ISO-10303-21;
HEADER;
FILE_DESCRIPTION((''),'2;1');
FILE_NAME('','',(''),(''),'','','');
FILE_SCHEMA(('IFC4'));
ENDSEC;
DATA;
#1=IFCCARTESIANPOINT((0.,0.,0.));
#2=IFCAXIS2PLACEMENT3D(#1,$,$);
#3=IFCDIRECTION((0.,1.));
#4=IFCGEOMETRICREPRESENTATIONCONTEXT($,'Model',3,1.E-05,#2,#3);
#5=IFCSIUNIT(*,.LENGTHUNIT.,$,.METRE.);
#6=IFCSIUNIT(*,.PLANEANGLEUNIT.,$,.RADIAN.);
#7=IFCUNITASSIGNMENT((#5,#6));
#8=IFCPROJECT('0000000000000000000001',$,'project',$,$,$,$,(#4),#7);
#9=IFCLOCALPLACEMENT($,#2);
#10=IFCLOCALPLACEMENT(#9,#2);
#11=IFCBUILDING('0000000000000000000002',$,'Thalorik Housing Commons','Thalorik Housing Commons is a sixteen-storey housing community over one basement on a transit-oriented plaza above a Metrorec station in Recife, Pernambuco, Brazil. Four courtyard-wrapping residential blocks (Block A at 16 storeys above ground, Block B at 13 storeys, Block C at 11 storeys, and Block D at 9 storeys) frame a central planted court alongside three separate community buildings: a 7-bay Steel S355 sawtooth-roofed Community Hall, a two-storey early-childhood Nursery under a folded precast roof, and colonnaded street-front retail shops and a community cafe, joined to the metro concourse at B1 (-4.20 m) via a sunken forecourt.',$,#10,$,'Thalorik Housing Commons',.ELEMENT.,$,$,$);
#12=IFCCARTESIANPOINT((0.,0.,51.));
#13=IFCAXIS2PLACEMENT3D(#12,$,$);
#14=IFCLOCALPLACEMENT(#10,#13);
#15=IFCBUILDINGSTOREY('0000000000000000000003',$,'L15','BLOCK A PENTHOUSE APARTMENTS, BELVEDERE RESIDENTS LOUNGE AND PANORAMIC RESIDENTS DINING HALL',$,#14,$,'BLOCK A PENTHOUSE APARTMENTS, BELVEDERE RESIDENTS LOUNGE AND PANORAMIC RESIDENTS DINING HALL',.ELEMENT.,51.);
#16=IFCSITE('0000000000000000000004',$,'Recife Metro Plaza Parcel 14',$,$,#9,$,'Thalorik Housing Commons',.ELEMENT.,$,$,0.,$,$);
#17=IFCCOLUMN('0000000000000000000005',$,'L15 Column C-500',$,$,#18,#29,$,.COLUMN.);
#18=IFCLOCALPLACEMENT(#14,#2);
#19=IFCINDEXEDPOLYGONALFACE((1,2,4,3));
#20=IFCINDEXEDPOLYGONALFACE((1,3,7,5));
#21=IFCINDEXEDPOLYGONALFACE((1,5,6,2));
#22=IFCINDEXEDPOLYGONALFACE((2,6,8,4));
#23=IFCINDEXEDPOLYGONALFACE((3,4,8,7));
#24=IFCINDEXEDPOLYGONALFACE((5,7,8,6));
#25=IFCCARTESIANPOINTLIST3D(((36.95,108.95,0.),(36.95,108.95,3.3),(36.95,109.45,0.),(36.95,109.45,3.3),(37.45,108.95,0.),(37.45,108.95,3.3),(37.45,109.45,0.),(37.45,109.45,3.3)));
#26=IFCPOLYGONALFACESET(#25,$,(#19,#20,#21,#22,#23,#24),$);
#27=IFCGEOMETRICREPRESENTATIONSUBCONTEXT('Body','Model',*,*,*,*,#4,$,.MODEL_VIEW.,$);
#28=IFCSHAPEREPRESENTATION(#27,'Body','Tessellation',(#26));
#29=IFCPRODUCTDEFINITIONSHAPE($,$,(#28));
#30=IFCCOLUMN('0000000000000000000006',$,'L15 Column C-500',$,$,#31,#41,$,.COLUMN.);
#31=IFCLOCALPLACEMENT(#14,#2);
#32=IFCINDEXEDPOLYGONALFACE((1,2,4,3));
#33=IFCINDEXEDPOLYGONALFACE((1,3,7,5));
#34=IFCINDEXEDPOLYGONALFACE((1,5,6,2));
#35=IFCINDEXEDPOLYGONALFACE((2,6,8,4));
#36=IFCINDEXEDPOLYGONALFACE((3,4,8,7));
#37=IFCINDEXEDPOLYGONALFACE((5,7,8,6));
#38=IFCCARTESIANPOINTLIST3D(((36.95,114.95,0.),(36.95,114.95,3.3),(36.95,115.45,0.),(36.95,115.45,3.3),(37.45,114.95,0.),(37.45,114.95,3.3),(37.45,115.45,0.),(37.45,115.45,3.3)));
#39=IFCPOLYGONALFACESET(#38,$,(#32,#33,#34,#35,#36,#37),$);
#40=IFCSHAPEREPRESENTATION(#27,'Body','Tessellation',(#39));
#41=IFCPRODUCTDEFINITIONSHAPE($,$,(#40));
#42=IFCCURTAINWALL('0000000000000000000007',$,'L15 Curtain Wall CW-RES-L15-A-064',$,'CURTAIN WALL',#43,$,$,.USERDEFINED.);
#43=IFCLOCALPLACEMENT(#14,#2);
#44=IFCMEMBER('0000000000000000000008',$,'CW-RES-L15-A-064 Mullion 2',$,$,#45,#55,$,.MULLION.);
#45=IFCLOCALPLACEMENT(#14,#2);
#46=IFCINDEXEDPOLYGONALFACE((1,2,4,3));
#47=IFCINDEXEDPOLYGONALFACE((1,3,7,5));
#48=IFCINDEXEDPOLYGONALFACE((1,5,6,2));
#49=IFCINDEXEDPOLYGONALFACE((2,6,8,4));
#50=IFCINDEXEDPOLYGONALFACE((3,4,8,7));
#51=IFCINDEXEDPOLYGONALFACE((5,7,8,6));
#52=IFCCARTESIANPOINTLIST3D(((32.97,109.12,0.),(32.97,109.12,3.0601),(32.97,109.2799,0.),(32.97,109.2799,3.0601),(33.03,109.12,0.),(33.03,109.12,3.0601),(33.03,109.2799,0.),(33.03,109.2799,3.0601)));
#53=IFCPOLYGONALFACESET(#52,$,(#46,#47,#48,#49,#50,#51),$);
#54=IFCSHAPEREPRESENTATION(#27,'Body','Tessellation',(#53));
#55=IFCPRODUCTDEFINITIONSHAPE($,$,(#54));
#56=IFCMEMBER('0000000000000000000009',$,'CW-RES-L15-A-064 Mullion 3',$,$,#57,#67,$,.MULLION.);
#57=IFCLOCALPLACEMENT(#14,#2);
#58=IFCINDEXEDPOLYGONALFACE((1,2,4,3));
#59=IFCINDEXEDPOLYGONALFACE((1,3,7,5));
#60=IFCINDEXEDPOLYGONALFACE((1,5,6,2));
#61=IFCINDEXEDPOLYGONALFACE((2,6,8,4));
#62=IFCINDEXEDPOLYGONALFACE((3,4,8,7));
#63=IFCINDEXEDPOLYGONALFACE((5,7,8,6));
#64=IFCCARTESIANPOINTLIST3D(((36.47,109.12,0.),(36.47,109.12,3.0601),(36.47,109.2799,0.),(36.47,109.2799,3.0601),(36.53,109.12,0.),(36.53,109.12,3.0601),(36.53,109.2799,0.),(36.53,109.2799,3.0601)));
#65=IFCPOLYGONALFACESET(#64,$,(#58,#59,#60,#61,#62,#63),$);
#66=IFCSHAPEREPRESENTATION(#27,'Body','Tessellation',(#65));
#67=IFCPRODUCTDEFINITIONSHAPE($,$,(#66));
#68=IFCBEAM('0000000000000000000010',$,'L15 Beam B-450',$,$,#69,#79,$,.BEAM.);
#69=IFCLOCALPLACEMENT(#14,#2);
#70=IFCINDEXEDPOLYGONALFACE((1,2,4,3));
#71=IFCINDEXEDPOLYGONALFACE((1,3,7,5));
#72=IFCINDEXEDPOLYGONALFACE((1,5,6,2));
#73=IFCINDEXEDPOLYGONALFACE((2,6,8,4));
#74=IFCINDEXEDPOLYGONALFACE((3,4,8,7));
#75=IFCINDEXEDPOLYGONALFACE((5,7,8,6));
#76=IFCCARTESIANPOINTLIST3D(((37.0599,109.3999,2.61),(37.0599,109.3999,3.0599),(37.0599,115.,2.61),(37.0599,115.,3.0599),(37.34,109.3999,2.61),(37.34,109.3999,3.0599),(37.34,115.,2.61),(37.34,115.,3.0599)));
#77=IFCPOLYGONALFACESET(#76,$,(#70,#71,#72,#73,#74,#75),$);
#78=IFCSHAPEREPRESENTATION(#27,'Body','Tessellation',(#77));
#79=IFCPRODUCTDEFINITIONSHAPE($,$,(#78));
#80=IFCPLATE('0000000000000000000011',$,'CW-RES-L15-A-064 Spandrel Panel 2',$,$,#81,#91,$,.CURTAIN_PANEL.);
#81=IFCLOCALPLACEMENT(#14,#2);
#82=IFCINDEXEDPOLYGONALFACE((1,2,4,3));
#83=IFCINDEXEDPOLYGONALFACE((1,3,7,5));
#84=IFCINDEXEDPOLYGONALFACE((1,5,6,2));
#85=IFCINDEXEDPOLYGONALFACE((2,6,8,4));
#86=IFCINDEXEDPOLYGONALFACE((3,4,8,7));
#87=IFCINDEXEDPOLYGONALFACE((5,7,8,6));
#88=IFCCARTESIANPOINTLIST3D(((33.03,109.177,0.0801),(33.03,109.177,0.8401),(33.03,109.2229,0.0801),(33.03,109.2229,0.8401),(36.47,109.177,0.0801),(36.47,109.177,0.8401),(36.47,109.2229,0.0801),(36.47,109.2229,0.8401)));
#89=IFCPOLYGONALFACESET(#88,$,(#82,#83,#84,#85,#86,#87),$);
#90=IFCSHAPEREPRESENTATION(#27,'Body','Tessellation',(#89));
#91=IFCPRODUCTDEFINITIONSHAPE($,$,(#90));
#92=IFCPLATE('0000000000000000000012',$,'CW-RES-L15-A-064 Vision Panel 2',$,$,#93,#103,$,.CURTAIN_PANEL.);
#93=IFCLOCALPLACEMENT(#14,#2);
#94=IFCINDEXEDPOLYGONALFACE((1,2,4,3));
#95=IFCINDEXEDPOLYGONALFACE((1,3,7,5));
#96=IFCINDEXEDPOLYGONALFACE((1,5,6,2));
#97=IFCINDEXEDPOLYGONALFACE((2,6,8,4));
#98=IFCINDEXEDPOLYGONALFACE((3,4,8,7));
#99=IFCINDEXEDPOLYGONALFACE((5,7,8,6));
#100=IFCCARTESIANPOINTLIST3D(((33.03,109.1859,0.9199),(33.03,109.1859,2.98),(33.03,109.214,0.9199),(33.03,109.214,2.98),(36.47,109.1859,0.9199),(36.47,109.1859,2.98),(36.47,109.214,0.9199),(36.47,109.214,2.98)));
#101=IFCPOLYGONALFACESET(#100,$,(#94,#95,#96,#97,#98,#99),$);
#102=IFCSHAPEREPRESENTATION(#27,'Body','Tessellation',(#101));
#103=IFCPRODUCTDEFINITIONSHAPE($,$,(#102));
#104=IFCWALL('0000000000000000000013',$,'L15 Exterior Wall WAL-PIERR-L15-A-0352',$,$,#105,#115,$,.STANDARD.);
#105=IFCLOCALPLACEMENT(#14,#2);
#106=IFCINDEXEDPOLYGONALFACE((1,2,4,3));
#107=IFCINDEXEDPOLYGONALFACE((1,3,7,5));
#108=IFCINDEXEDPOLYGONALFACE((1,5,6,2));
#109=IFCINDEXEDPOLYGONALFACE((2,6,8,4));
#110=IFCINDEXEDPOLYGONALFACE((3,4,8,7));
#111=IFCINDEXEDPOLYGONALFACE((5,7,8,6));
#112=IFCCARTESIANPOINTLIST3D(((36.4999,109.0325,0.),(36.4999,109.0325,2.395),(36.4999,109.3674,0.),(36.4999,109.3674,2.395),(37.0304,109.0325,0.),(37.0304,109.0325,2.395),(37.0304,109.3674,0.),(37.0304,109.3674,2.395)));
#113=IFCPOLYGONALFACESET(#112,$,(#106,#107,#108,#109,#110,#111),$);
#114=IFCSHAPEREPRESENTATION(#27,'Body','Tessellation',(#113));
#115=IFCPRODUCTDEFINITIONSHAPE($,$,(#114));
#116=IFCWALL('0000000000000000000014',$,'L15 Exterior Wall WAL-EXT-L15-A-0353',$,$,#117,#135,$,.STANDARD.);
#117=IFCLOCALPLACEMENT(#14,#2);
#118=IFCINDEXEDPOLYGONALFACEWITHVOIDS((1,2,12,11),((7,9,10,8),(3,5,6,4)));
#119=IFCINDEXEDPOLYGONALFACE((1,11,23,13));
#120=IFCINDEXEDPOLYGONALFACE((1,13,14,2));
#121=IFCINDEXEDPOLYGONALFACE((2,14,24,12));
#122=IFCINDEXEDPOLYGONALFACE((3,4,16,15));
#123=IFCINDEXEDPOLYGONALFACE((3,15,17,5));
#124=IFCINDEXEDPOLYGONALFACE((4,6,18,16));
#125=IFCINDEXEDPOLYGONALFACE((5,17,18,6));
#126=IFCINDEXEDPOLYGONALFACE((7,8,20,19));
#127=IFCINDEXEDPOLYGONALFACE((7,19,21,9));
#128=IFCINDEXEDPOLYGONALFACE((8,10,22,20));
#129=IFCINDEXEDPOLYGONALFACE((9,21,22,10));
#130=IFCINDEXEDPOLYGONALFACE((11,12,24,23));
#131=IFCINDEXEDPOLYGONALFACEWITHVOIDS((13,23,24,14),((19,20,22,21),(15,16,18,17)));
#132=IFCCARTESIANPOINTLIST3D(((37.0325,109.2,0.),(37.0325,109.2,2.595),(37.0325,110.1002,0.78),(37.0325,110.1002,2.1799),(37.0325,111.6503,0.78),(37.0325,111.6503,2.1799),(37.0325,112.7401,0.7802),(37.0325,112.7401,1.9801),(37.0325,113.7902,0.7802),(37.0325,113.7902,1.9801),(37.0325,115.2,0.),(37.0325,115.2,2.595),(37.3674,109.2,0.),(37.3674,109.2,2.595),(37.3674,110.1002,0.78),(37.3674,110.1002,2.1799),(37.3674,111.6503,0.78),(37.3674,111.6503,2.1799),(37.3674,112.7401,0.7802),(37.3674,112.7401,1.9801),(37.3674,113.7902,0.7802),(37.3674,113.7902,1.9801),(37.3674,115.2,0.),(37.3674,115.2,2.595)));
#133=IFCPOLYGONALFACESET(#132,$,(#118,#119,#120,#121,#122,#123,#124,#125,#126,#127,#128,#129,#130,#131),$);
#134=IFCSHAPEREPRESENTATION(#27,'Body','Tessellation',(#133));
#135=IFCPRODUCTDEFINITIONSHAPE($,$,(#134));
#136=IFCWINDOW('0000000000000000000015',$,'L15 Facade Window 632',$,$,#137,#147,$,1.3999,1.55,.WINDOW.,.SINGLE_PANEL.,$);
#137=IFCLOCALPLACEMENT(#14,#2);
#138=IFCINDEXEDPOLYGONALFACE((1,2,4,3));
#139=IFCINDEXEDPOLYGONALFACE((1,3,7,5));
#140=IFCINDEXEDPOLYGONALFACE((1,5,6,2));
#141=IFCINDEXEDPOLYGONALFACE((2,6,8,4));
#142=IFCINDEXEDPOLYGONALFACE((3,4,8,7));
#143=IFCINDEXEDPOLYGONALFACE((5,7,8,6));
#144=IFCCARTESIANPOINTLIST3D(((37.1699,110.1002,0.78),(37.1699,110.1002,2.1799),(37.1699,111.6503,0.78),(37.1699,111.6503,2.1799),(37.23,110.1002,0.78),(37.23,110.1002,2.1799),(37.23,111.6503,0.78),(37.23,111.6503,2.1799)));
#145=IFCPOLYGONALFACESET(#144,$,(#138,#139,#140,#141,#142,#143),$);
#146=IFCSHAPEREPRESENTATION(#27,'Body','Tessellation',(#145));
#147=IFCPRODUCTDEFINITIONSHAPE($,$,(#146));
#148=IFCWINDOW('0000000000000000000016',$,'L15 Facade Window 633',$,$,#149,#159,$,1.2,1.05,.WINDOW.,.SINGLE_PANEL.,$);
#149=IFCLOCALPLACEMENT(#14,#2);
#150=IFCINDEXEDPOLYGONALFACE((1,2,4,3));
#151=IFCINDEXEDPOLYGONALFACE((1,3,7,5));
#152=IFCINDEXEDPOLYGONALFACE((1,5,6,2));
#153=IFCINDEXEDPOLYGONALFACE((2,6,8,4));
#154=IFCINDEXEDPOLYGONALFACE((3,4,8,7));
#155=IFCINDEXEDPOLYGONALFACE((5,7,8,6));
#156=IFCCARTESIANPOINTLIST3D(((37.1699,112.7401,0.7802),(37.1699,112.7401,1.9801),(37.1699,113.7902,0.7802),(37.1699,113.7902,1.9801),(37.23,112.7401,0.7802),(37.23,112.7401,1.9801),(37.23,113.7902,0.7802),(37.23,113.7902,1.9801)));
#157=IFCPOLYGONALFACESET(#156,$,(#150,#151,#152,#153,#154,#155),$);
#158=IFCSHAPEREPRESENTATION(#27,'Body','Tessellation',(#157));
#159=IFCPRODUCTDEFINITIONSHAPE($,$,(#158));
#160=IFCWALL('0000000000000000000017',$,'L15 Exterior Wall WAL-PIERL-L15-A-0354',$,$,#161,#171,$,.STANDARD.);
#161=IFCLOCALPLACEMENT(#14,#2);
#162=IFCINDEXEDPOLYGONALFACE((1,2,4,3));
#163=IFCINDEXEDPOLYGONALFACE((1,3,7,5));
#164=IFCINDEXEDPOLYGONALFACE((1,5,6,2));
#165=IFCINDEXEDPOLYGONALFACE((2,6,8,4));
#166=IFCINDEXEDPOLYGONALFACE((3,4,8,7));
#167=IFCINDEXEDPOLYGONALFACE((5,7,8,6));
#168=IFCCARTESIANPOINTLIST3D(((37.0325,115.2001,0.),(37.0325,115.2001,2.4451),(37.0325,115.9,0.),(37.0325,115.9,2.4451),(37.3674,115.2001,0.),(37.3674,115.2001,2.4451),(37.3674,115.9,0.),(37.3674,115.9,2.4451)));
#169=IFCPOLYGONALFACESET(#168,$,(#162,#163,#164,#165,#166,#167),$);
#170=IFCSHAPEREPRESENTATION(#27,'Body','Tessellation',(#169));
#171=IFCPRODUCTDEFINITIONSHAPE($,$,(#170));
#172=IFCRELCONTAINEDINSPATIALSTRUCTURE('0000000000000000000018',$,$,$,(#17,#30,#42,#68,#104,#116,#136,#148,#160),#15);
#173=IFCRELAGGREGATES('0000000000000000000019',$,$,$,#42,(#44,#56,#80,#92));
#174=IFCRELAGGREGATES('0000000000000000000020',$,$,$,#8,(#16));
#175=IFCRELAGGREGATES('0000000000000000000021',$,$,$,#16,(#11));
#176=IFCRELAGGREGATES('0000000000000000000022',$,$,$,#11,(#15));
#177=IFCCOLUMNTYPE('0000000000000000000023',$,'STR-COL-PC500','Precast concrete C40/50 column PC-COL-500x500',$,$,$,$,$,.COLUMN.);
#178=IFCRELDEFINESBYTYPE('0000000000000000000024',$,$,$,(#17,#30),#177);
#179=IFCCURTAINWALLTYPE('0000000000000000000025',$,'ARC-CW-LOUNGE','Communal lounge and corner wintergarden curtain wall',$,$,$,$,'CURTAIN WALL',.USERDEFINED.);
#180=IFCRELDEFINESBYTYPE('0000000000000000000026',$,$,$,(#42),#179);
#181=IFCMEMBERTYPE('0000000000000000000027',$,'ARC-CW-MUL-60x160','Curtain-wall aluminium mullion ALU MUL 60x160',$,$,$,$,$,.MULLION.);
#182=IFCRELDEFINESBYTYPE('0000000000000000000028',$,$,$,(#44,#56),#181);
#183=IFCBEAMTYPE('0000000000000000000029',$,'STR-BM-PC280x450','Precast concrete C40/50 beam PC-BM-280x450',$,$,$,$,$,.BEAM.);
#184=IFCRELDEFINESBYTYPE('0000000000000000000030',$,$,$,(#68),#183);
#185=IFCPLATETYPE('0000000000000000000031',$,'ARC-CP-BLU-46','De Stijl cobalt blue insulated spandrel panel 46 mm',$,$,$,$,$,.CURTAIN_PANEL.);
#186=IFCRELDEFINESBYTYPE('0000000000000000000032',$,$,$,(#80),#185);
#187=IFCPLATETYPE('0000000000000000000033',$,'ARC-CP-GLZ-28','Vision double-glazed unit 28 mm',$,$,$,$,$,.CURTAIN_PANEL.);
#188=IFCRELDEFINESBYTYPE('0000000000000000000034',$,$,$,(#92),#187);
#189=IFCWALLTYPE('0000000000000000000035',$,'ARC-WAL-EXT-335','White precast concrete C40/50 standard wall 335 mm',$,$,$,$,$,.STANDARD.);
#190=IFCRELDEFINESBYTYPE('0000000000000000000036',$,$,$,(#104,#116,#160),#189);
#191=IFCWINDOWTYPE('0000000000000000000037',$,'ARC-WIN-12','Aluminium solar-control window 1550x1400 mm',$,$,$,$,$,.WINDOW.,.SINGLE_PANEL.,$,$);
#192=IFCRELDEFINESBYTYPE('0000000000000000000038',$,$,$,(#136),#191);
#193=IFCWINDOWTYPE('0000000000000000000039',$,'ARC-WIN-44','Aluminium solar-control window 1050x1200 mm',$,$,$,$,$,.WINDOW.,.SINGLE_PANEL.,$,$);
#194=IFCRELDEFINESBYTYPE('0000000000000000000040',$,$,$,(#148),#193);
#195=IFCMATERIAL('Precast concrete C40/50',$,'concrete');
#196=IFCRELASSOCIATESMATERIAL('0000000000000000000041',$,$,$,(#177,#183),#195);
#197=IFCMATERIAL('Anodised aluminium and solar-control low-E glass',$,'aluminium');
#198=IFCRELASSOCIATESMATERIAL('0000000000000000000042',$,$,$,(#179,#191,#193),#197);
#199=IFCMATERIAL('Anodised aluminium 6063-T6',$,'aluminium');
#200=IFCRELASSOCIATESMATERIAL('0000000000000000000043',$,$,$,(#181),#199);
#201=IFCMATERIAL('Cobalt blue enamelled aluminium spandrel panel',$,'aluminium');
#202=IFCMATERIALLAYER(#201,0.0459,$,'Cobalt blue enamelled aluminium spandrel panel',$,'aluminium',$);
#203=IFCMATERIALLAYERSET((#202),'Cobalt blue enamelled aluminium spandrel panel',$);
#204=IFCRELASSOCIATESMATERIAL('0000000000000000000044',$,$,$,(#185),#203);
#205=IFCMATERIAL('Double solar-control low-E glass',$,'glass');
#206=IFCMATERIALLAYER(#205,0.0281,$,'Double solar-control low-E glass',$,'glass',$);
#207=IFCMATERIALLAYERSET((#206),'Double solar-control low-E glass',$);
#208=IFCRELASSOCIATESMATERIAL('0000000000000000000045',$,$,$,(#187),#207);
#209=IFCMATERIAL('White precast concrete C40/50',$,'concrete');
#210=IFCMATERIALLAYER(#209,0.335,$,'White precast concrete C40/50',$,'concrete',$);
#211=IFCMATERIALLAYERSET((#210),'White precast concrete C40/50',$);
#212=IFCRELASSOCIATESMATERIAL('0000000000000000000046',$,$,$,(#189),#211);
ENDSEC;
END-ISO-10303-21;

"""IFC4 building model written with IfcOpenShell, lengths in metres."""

from ifc_helpers import new_model, si_unit, direction, frame, frame_2d, origin, origin_2d, place, context, subcontext, project, spatial, rectangle, extrude, material, layer, layer_set, material_profile, profile_set, type_object, element, fill, aggregate, save


model = new_model("IFC4")

# Units and contexts
model_context = context("Model", 3, precision=1e-05, world=origin(), true_north=direction((0.0, 1.0)))
body_context = subcontext(model_context, "Body", "Model", "MODEL_VIEW")
ifc_project = project(units=[si_unit("LENGTHUNIT", "METRE"), si_unit("PLANEANGLEUNIT", "RADIAN")], contexts=[model_context])

# Site, building, storey
site_placement = place(None, origin())
site = spatial("IfcSite", under=ifc_project, at=site_placement, Name="Recife Metro Plaza Parcel 14", LongName="Thalorik Housing Commons", CompositionType="ELEMENT", RefElevation=0.0)
building_placement = place(site_placement, origin())
building = spatial("IfcBuilding", under=site, at=building_placement, Name="Thalorik Housing Commons", Description="Thalorik Housing Commons is a sixteen-storey housing community over one basement on a transit-oriented plaza above a Metrorec station in Recife, Pernambuco, Brazil. Four courtyard-wrapping residential blocks (Block A at 16 storeys above ground, Block B at 13 storeys, Block C at 11 storeys, and Block D at 9 storeys) frame a central planted court alongside three separate community buildings: a 7-bay Steel S355 sawtooth-roofed Community Hall, a two-storey early-childhood Nursery under a folded precast roof, and colonnaded street-front retail shops and a community cafe, joined to the metro concourse at B1 (-4.20 m) via a sunken forecourt.", LongName="Thalorik Housing Commons", CompositionType="ELEMENT")
storey_placement = place(building_placement, frame((0.0, 0.0, 51.0)))
storey = spatial("IfcBuildingStorey", under=building, at=storey_placement, Name="L15", Description="BLOCK A PENTHOUSE APARTMENTS, BELVEDERE RESIDENTS LOUNGE AND PANORAMIC RESIDENTS DINING HALL", LongName="BLOCK A PENTHOUSE APARTMENTS, BELVEDERE RESIDENTS LOUNGE AND PANORAMIC RESIDENTS DINING HALL", CompositionType="ELEMENT", Elevation=51.0)

# Columns
ifc_material_1 = material(Name="Precast concrete C40/50", Category="concrete")
ifc_material_profile_1 = material_profile(ifc_material_1, rectangle(XDim=0.5, YDim=0.5, at=origin_2d()), Name="PC 500x500", Category="concrete")
ifc_profile_set_1 = profile_set([ifc_material_profile_1], Name="Precast concrete C40/50")
column_type = type_object("IfcColumnType", Name="STR-COL-PC500", Description="Precast concrete C40/50 column PC-COL-500x500", PredefinedType="COLUMN", material=ifc_profile_set_1)
for number, where, z_axis, x_axis, name in (
    (1, (37.2, 109.2, 0.0), (0.0, 0.0, 1.0), (1.0, 0.0, 0.0), "L15 Column C-500"),
    (2, (37.2, 115.2, 0.0), (0.0, 0.0, 1.0), (1.0, 0.0, 0.0), "L15 Column C-500"),
):
    element("IfcColumn", number, at=place(storey_placement, frame(where, z_axis=z_axis, x_axis=x_axis)), inside=storey, type_object=column_type, Name=name, PredefinedType="COLUMN", context=body_context, shape_type="SweptSolid", body=[
        extrude(rectangle(XDim=0.5, YDim=0.5, at=origin_2d()), origin(), (0.0, 0.0, 1.0), 3.3),
    ])

# Curtain wall, members
ifc_material_2 = material(Name="Anodised aluminium and solar-control low-E glass", Category="aluminium")
curtain_wall_type = type_object("IfcCurtainWallType", Name="ARC-CW-LOUNGE", Description="Communal lounge and corner wintergarden curtain wall", ElementType="CURTAIN WALL", PredefinedType="USERDEFINED", material=ifc_material_2)
curtain_wall_placement = place(storey_placement, origin())
curtain_wall = element("IfcCurtainWall", 3, at=curtain_wall_placement, inside=storey, type_object=curtain_wall_type, Name="L15 Curtain Wall CW-RES-L15-A-064", ObjectType="CURTAIN WALL", PredefinedType="USERDEFINED")
ifc_material_3 = material(Name="Anodised aluminium 6063-T6", Category="aluminium")
ifc_material_profile_2 = material_profile(ifc_material_3, rectangle(XDim=0.0601, YDim=0.1599, at=origin_2d()), Name="ALU MUL 60x160", Category="aluminium")
ifc_profile_set_2 = profile_set([ifc_material_profile_2], Name="Anodised aluminium 6063-T6")
member_type = type_object("IfcMemberType", Name="ARC-CW-MUL-60x160", Description="Curtain-wall aluminium mullion ALU MUL 60x160", PredefinedType="MULLION", material=ifc_profile_set_2)
member_1_placement = place(storey_placement, frame((33.0, 109.2, 0.0), z_axis=(0.0, 0.0, 1.0), x_axis=(1.0, 0.0, 0.0)))
member_1 = element("IfcMember", 4, at=member_1_placement, type_object=member_type, Name="CW-RES-L15-A-064 Mullion 2", PredefinedType="MULLION", context=body_context, shape_type="SweptSolid", body=[
    extrude(rectangle(XDim=0.0601, YDim=0.1599, at=origin_2d()), origin(), (0.0, 0.0, 1.0), 3.0601),
])
member_2_placement = place(storey_placement, frame((36.5, 109.2, 0.0), z_axis=(0.0, 0.0, 1.0), x_axis=(1.0, 0.0, 0.0)))
member_2 = element("IfcMember", 5, at=member_2_placement, type_object=member_type, Name="CW-RES-L15-A-064 Mullion 3", PredefinedType="MULLION", context=body_context, shape_type="SweptSolid", body=[
    extrude(rectangle(XDim=0.0601, YDim=0.1599, at=origin_2d()), origin(), (0.0, 0.0, 1.0), 3.0601),
])

# Beam
ifc_material_profile_3 = material_profile(ifc_material_1, rectangle(XDim=0.28, YDim=0.45, at=origin_2d()), Name="PC 280x450", Category="concrete")
ifc_profile_set_3 = profile_set([ifc_material_profile_3], Name="Precast concrete C40/50")
beam_type = type_object("IfcBeamType", Name="STR-BM-PC280x450", Description="Precast concrete C40/50 beam PC-BM-280x450", PredefinedType="BEAM", material=ifc_profile_set_3)
beam_placement = place(storey_placement, frame((37.2, 109.3999, 2.835), z_axis=(0.0, 1.0, 0.0), x_axis=(-1.0, 0.0, 0.0)))
element("IfcBeam", 6, at=beam_placement, inside=storey, type_object=beam_type, Name="L15 Beam B-450", PredefinedType="BEAM", context=body_context, shape_type="SweptSolid", body=[
    extrude(rectangle(XDim=0.28, YDim=0.45, at=origin_2d()), origin(), (0.0, 0.0, 1.0), 5.6001),
])

# Plates
ifc_material_4 = material(Name="Cobalt blue enamelled aluminium spandrel panel", Category="aluminium")
ifc_layer_1 = layer(ifc_material_4, 0.0459, Name="Cobalt blue enamelled aluminium spandrel panel", Category="aluminium")
ifc_layer_set_1 = layer_set([ifc_layer_1], Name="Cobalt blue enamelled aluminium spandrel panel")
plate_type_1 = type_object("IfcPlateType", Name="ARC-CP-BLU-46", Description="De Stijl cobalt blue insulated spandrel panel 46 mm", PredefinedType="CURTAIN_PANEL", material=ifc_layer_set_1)
plate_1_placement = place(storey_placement, frame((34.75, 109.2, 0.0801), z_axis=(0.0, 0.0, 1.0), x_axis=(1.0, 0.0, 0.0)))
plate_1 = element("IfcPlate", 7, at=plate_1_placement, type_object=plate_type_1, Name="CW-RES-L15-A-064 Spandrel Panel 2", PredefinedType="CURTAIN_PANEL", context=body_context, shape_type="SweptSolid", body=[
    extrude(rectangle(XDim=3.4399, YDim=0.0459, at=origin_2d()), origin(), (0.0, 0.0, 1.0), 0.76),
])
ifc_material_5 = material(Name="Double solar-control low-E glass", Category="glass")
ifc_layer_2 = layer(ifc_material_5, 0.0281, Name="Double solar-control low-E glass", Category="glass")
ifc_layer_set_2 = layer_set([ifc_layer_2], Name="Double solar-control low-E glass")
plate_type_2 = type_object("IfcPlateType", Name="ARC-CP-GLZ-28", Description="Vision double-glazed unit 28 mm", PredefinedType="CURTAIN_PANEL", material=ifc_layer_set_2)
plate_2_placement = place(storey_placement, frame((34.75, 109.2, 0.9199), z_axis=(0.0, 0.0, 1.0), x_axis=(1.0, 0.0, 0.0)))
plate_2 = element("IfcPlate", 8, at=plate_2_placement, type_object=plate_type_2, Name="CW-RES-L15-A-064 Vision Panel 2", PredefinedType="CURTAIN_PANEL", context=body_context, shape_type="SweptSolid", body=[
    extrude(rectangle(XDim=3.4399, YDim=0.0281, at=origin_2d()), origin(), (0.0, 0.0, 1.0), 2.0601),
])
aggregate(curtain_wall, [member_1, member_2, plate_1, plate_2])

# Wall
ifc_material_6 = material(Name="White precast concrete C40/50", Category="concrete")
ifc_layer_3 = layer(ifc_material_6, 0.335, Name="White precast concrete C40/50", Category="concrete")
ifc_layer_set_3 = layer_set([ifc_layer_3], Name="White precast concrete C40/50")
wall_type_1 = type_object("IfcWallType", Name="ARC-WAL-EXT-335", Description="White precast concrete C40/50 standard wall 335 mm", PredefinedType="STANDARD", material=ifc_layer_set_3)
wall_1_placement = place(storey_placement, frame((36.5, 109.2, 0.0), z_axis=(0.0, 0.0, 1.0), x_axis=(1.0, 0.0, 0.0)))
element("IfcWall", 9, at=wall_1_placement, inside=storey, type_object=wall_type_1, Name="L15 Exterior Wall WAL-PIERR-L15-A-0352", PredefinedType="STANDARD", context=body_context, shape_type="SweptSolid", body=[
    extrude(rectangle(XDim=0.5305, YDim=0.335, at=frame_2d((0.2651, 0.0))), origin(), (0.0, 0.0, 1.0), 2.395),
])

# Wall, openings, windows
wall_2_placement = place(storey_placement, frame((37.2, 109.2, 0.0), z_axis=(0.0, 0.0, 1.0), x_axis=(0.0, 1.0, 0.0)))
wall_2 = element("IfcWall", 10, at=wall_2_placement, inside=storey, type_object=wall_type_1, Name="L15 Exterior Wall WAL-EXT-L15-A-0353", PredefinedType="STANDARD", context=body_context, shape_type="SweptSolid", body=[
    extrude(rectangle(XDim=6.0, YDim=0.335, at=frame_2d((3.0, 0.0))), origin(), (0.0, 0.0, 1.0), 2.595),
])
opening_1_placement = place(wall_2_placement, frame((0.9004, 0.0, 0.78)))
opening_1 = element("IfcOpeningElement", 11, at=opening_1_placement, cuts=wall_2, PredefinedType="OPENING", context=body_context, shape_type="SweptSolid", body=[
    extrude(rectangle(XDim=1.55, YDim=1.3999, at=frame_2d((0.7749, 0.7))), frame((0.0, 0.1775, 0.0), z_axis=(0.0, -1.0, 0.0), x_axis=(1.0, 0.0, 0.0)), (0.0, 0.0, 1.0), 0.355),
])
opening_2_placement = place(wall_2_placement, frame((3.5403, 0.0, 0.78)))
opening_2 = element("IfcOpeningElement", 12, at=opening_2_placement, cuts=wall_2, PredefinedType="OPENING", context=body_context, shape_type="SweptSolid", body=[
    extrude(rectangle(XDim=1.05, YDim=1.2, at=frame_2d((0.5249, 0.6001))), frame((0.0, 0.1775, 0.0), z_axis=(0.0, -1.0, 0.0), x_axis=(1.0, 0.0, 0.0)), (0.0, 0.0, 1.0), 0.355),
])
window_type_1 = type_object("IfcWindowType", Name="ARC-WIN-12", Description="Aluminium solar-control window 1550x1400 mm", PartitioningType="SINGLE_PANEL", PredefinedType="WINDOW", material=ifc_material_2)
window_1_placement = place(opening_1_placement, origin())
window_1 = element("IfcWindow", 13, at=window_1_placement, inside=storey, type_object=window_type_1, Name="L15 Facade Window 632", OverallHeight=1.3999, OverallWidth=1.55, PartitioningType="SINGLE_PANEL", PredefinedType="WINDOW", context=body_context, shape_type="SweptSolid", body=[
    extrude(rectangle(XDim=1.55, YDim=1.3999, at=frame_2d((0.7749, 0.7))), frame((0.0, 0.03, 0.0), z_axis=(0.0, -1.0, 0.0), x_axis=(1.0, 0.0, 0.0)), (0.0, 0.0, 1.0), 0.0601),
])
fill(opening_1, window_1)
window_type_2 = type_object("IfcWindowType", Name="ARC-WIN-44", Description="Aluminium solar-control window 1050x1200 mm", PartitioningType="SINGLE_PANEL", PredefinedType="WINDOW", material=ifc_material_2)
window_2_placement = place(opening_2_placement, origin())
window_2 = element("IfcWindow", 14, at=window_2_placement, inside=storey, type_object=window_type_2, Name="L15 Facade Window 633", OverallHeight=1.2, OverallWidth=1.05, PartitioningType="SINGLE_PANEL", PredefinedType="WINDOW", context=body_context, shape_type="SweptSolid", body=[
    extrude(rectangle(XDim=1.05, YDim=1.2, at=frame_2d((0.5249, 0.6001))), frame((0.0, 0.03, 0.0), z_axis=(0.0, -1.0, 0.0), x_axis=(1.0, 0.0, 0.0)), (0.0, 0.0, 1.0), 0.0601),
])
fill(opening_2, window_2)

# Wall
wall_3_placement = place(storey_placement, frame((37.2, 115.2, 0.0), z_axis=(0.0, 0.0, 1.0), x_axis=(0.0, 1.0, 0.0)))
element("IfcWall", 15, at=wall_3_placement, inside=storey, type_object=wall_type_1, Name="L15 Exterior Wall WAL-PIERL-L15-A-0354", PredefinedType="STANDARD", context=body_context, shape_type="SweptSolid", body=[
    extrude(rectangle(XDim=0.7, YDim=0.335, at=frame_2d((0.3501, 0.0))), origin(), (0.0, 0.0, 1.0), 2.4451),
])

save(model, "model.ifc")
